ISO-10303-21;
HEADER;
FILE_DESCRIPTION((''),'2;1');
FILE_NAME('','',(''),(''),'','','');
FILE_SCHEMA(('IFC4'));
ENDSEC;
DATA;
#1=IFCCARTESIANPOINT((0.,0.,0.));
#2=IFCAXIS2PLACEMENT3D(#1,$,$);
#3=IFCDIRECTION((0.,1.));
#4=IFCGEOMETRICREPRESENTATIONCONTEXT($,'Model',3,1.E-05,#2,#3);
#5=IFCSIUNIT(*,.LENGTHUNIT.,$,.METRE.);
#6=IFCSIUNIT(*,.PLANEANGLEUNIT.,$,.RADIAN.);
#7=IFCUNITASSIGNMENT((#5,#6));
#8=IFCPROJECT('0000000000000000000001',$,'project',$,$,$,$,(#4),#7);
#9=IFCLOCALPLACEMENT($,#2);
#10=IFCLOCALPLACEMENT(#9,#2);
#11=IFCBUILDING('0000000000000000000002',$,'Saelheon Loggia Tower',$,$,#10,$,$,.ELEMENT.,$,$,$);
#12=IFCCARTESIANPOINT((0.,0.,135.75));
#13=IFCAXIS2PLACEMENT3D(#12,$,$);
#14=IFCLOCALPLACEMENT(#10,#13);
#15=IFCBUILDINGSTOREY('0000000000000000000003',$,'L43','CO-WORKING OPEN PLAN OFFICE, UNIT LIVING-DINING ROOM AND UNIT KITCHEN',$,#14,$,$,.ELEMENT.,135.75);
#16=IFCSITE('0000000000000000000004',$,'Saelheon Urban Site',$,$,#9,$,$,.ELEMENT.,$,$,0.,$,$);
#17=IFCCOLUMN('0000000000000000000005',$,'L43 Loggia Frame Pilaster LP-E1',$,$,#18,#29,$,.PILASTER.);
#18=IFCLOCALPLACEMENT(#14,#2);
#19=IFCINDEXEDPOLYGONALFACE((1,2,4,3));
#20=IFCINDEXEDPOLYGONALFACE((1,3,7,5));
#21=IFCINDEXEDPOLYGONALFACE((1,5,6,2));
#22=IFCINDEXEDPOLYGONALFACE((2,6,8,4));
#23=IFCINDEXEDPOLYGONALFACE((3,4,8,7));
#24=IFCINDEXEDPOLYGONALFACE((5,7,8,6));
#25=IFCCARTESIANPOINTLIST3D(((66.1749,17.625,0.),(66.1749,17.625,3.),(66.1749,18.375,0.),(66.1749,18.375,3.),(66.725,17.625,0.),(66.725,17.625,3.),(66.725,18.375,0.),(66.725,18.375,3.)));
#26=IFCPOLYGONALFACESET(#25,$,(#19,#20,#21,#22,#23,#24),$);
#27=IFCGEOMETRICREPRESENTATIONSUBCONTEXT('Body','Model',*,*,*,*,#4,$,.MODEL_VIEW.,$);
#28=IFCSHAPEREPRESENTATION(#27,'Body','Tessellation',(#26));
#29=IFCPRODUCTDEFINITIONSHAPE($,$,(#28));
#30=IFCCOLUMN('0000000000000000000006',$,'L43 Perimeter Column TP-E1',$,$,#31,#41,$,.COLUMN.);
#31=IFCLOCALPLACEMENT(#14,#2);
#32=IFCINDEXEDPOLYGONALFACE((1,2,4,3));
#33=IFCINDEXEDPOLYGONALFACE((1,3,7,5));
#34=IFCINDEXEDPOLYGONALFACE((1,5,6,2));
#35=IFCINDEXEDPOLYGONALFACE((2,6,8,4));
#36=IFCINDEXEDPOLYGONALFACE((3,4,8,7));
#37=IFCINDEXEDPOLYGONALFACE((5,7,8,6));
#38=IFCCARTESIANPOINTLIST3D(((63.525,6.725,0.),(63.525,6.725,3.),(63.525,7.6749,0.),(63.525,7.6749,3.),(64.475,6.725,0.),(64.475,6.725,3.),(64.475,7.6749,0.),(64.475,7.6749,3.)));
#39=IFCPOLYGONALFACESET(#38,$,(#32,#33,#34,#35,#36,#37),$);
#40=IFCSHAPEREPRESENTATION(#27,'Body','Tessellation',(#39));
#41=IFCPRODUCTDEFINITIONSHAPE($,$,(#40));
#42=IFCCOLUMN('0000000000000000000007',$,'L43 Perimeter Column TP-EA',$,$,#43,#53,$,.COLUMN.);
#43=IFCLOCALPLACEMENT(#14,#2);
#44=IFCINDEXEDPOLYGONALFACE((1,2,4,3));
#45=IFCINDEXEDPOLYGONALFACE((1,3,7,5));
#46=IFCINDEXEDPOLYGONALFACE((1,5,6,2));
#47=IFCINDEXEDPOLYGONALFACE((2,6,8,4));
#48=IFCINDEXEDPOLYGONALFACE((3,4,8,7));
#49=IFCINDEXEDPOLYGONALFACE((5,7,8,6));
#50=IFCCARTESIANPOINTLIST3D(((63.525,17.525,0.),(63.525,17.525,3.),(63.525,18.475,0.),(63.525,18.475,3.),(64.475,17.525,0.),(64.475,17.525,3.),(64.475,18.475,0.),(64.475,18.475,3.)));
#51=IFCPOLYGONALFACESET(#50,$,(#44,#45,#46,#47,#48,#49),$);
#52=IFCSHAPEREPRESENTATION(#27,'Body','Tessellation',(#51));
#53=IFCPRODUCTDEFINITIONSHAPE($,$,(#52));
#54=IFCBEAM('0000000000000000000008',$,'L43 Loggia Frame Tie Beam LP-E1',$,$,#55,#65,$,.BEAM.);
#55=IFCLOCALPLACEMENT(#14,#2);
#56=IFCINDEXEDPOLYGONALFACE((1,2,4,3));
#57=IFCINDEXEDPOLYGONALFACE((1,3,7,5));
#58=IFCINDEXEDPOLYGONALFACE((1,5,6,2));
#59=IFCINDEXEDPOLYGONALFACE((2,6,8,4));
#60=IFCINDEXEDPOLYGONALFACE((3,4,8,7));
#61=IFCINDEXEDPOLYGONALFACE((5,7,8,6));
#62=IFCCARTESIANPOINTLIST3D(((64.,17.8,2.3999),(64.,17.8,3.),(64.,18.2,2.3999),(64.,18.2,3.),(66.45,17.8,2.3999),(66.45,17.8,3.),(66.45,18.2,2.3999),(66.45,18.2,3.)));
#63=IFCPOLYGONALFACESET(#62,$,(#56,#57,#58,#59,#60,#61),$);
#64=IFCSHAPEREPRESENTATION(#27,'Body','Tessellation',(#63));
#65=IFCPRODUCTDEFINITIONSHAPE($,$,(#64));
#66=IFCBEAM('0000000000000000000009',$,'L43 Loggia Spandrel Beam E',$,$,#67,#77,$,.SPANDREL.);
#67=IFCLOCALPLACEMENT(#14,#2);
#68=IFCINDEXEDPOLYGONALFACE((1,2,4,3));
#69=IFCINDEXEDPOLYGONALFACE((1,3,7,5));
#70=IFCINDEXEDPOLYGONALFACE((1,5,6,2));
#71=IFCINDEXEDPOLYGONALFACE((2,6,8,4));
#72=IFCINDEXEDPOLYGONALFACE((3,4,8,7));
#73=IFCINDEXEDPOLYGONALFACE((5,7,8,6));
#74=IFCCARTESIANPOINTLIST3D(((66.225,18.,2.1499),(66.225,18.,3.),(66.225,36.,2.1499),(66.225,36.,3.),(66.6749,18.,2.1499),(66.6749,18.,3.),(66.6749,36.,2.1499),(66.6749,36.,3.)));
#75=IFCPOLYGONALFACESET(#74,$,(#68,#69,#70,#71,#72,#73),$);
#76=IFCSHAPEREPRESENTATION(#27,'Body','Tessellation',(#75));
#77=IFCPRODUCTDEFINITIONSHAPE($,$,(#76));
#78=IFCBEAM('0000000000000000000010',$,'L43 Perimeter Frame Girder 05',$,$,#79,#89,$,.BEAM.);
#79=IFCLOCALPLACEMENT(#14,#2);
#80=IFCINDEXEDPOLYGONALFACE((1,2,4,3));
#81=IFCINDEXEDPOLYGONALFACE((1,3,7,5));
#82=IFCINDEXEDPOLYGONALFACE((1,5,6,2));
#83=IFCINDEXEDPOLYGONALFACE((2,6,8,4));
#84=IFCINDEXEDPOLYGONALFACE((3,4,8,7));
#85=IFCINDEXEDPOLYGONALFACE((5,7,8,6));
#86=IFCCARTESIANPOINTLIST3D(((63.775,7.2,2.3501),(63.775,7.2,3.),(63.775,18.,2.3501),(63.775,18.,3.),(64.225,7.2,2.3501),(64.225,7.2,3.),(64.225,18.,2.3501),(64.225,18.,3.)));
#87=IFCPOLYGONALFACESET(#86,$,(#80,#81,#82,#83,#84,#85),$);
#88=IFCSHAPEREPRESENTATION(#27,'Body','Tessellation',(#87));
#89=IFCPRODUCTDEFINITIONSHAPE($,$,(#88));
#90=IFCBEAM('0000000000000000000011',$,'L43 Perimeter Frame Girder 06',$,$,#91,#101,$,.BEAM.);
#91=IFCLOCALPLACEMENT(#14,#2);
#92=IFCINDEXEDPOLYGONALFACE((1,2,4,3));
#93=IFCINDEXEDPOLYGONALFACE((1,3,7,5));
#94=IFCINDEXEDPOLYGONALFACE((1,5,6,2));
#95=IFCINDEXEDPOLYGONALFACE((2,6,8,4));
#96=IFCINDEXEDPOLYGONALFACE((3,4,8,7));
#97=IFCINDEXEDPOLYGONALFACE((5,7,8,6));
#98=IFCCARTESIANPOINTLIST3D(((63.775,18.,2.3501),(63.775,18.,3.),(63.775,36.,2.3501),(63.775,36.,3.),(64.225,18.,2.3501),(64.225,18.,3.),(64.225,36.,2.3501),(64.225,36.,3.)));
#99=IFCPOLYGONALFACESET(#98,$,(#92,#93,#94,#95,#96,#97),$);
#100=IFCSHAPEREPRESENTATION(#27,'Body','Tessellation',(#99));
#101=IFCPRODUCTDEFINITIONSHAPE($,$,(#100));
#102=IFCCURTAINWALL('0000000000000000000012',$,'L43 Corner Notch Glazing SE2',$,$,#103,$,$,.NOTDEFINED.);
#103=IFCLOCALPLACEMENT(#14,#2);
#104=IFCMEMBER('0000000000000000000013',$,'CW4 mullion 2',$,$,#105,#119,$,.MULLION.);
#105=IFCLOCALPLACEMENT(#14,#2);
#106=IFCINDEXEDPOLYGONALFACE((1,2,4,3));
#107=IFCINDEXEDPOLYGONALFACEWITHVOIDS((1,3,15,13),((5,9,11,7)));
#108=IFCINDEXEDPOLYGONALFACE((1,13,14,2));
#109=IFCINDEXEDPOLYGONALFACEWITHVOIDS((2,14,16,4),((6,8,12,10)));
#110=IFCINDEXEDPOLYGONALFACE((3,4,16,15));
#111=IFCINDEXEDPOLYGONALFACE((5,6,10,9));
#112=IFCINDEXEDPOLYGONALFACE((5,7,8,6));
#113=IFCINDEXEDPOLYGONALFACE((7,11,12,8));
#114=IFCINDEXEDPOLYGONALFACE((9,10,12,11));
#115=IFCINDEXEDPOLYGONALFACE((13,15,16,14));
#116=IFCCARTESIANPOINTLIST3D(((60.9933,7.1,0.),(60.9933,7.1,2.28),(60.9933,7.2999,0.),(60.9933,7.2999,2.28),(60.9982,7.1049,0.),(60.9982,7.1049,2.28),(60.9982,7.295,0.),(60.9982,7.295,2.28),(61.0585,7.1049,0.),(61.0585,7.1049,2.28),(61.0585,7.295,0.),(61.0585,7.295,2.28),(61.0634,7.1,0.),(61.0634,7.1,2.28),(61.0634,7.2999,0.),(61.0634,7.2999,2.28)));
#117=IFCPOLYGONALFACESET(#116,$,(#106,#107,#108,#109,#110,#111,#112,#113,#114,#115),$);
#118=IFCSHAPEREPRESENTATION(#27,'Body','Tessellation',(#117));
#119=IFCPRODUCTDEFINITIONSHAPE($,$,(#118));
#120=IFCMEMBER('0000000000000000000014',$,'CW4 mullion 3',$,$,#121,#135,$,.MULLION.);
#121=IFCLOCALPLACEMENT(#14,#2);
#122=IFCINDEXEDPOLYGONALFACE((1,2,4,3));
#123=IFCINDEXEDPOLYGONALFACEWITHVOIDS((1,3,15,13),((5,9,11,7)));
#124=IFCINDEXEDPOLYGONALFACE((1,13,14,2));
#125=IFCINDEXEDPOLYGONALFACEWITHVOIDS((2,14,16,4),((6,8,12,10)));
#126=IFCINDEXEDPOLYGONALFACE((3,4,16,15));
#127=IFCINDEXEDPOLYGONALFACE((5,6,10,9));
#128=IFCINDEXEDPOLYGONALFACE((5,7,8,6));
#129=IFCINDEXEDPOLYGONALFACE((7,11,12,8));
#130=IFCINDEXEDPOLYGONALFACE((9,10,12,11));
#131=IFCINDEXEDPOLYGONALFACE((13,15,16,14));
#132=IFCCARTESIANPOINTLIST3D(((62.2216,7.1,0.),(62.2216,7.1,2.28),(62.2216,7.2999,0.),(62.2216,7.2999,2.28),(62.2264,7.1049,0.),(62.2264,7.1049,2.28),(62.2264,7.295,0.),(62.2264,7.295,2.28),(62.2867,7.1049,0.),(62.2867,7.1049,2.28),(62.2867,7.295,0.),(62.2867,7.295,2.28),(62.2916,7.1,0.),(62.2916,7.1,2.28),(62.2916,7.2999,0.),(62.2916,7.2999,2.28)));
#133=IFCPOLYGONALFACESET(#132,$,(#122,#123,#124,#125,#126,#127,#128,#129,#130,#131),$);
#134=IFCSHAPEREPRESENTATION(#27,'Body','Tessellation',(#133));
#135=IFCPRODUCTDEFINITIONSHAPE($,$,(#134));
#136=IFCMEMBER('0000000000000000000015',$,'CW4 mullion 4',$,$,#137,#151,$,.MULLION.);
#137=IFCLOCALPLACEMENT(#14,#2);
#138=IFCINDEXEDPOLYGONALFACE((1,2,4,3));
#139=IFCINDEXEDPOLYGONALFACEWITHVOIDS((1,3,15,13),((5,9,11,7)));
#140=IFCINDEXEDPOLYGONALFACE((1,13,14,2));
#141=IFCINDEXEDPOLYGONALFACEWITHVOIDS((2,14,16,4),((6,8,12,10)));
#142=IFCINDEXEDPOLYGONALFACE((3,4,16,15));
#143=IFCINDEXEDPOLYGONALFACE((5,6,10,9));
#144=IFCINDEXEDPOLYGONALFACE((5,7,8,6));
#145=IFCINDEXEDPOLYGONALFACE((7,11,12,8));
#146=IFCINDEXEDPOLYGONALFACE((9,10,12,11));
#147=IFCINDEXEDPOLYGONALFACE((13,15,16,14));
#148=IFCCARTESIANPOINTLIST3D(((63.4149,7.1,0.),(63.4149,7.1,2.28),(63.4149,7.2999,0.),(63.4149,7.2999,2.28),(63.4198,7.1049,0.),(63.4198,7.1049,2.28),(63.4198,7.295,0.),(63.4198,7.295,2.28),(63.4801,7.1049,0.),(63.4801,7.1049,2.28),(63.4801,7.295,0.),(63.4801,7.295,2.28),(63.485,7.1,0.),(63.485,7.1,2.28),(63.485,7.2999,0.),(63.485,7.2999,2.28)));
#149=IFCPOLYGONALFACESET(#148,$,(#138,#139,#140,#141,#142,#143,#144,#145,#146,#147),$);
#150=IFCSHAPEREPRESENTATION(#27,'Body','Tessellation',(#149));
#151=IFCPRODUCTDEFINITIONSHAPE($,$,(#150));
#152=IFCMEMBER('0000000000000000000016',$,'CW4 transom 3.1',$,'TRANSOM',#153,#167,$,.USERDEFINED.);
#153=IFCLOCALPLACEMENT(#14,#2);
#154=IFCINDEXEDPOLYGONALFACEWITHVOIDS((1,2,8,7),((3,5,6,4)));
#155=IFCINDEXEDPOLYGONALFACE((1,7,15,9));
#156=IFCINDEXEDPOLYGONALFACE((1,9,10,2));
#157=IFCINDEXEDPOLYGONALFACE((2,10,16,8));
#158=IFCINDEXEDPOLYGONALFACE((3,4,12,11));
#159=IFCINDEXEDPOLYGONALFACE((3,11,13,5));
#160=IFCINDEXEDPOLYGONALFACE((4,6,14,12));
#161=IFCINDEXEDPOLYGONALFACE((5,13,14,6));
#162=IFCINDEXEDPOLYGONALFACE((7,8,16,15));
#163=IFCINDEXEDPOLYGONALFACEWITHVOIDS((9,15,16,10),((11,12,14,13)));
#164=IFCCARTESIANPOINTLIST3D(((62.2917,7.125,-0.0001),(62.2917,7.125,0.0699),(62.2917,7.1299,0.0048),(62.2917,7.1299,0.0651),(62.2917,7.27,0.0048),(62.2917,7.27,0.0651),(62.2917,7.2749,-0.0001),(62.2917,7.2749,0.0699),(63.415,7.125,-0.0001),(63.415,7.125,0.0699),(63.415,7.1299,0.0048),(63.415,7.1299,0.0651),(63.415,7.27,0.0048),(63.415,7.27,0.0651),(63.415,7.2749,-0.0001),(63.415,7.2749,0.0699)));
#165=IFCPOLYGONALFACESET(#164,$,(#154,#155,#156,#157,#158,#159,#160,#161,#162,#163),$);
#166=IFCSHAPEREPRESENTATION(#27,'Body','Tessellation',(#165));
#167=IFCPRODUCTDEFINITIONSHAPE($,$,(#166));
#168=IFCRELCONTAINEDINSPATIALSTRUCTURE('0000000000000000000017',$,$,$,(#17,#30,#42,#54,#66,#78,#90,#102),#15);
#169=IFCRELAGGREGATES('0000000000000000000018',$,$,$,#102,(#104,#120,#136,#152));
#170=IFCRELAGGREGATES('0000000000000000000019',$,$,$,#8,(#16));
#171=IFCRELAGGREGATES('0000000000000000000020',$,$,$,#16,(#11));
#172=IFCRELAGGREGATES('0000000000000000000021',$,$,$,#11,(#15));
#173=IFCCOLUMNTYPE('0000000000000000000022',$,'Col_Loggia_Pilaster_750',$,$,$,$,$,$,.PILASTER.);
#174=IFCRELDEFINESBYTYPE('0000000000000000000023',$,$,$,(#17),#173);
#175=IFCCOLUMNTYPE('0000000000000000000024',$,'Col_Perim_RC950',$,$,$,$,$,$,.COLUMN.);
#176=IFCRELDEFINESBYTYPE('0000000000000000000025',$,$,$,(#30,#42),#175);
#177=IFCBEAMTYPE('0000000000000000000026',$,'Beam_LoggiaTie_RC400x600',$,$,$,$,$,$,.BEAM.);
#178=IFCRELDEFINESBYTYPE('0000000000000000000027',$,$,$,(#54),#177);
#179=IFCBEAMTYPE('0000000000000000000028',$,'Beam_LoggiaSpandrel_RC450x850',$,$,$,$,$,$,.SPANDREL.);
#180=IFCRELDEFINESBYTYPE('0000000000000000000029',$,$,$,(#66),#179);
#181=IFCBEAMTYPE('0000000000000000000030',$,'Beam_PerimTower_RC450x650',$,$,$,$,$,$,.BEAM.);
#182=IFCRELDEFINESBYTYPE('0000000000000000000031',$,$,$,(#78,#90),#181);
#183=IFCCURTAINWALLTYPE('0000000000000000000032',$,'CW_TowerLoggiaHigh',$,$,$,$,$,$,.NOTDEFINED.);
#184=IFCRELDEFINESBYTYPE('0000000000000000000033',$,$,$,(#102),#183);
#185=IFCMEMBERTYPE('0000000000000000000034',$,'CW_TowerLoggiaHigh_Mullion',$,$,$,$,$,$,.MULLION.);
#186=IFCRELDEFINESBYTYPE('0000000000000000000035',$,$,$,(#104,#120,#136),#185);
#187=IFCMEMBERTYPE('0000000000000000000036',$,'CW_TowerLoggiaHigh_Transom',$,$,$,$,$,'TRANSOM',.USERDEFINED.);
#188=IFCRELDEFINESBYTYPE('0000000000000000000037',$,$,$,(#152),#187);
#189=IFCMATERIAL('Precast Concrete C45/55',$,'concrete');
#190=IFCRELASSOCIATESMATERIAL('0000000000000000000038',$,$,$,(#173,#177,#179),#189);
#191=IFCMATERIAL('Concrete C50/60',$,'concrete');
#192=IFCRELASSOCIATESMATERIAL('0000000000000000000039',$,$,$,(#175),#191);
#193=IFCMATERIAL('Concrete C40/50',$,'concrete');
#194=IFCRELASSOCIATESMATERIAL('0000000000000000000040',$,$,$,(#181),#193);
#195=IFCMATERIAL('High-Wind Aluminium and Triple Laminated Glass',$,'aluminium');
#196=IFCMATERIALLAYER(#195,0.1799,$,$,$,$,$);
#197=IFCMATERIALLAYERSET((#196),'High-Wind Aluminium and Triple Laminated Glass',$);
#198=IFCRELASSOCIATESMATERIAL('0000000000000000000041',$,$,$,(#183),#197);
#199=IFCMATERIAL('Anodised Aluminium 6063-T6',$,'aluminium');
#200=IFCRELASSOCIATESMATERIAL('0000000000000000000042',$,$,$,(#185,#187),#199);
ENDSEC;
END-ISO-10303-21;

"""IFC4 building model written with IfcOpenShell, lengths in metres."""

from ifc_helpers import new_model, si_unit, direction, frame, origin, origin_2d, place, context, subcontext, project, spatial, rectangle, hollow_rectangle, extrude, source, transform, mapped, material, layer, layer_set, material_profile, profile_set, type_object, element, aggregate, save


model = new_model("IFC4")

# Units and contexts
model_context = context("Model", 3, precision=1e-05, world=origin(), true_north=direction((0.0, 1.0)))
body_context = subcontext(model_context, "Body", "Model", "MODEL_VIEW")
ifc_project = project(units=[si_unit("LENGTHUNIT", "METRE"), si_unit("PLANEANGLEUNIT", "RADIAN")], contexts=[model_context])

# Site, building, storey
site_placement = place(None, origin())
site = spatial("IfcSite", under=ifc_project, at=site_placement, Name="Saelheon Urban Site", CompositionType="ELEMENT", RefElevation=0.0)
building_placement = place(site_placement, origin())
building = spatial("IfcBuilding", under=site, at=building_placement, Name="Saelheon Loggia Tower", CompositionType="ELEMENT")
storey_placement = place(building_placement, frame((0.0, 0.0, 135.75)))
storey = spatial("IfcBuildingStorey", under=building, at=storey_placement, Name="L43", Description="CO-WORKING OPEN PLAN OFFICE, UNIT LIVING-DINING ROOM AND UNIT KITCHEN", CompositionType="ELEMENT", Elevation=135.75)

# Columns
ifc_material_1 = material(Name="Precast Concrete C45/55", Category="concrete")
ifc_material_profile_1 = material_profile(ifc_material_1, rectangle(XDim=0.55, YDim=0.75, at=origin_2d()), Name="RC-550x750")
ifc_profile_set_1 = profile_set([ifc_material_profile_1], Name="Precast Concrete C45/55")
column_type_1 = type_object("IfcColumnType", Name="Col_Loggia_Pilaster_750", PredefinedType="PILASTER", material=ifc_profile_set_1)
shared_shape_1 = source(origin(), body_context, "Body", "SweptSolid", [
    extrude(rectangle(XDim=0.55, YDim=0.75, at=origin_2d()), origin(), (0.0, 0.0, 1.0), 3.0),
])
column_placement = place(storey_placement, frame((66.45, 18.0, 0.0), z_axis=(0.0, 0.0, 1.0), x_axis=(1.0, 0.0, 0.0)))
element("IfcColumn", 1, at=column_placement, inside=storey, type_object=column_type_1, Name="L43 Loggia Frame Pilaster LP-E1", PredefinedType="PILASTER", context=body_context, shape_type="MappedRepresentation", body=[
    mapped(shared_shape_1, transform((0.0, 0.0, 0.0), scale=1.0)),
])
ifc_material_2 = material(Name="Concrete C50/60", Category="concrete")
ifc_material_profile_2 = material_profile(ifc_material_2, rectangle(XDim=0.95, YDim=0.95, at=origin_2d()), Name="RC-950x950")
ifc_profile_set_2 = profile_set([ifc_material_profile_2], Name="Concrete C50/60")
column_type_2 = type_object("IfcColumnType", Name="Col_Perim_RC950", PredefinedType="COLUMN", material=ifc_profile_set_2)
shared_shape_2 = source(origin(), body_context, "Body", "SweptSolid", [
    extrude(rectangle(XDim=0.95, YDim=0.95, at=origin_2d()), origin(), (0.0, 0.0, 1.0), 3.0),
])
for number, where, z_axis, x_axis, name in (
    (2, (64.0, 7.2, 0.0), (0.0, 0.0, 1.0), (1.0, 0.0, 0.0), "L43 Perimeter Column TP-E1"),
    (3, (64.0, 18.0, 0.0), (0.0, 0.0, 1.0), (1.0, 0.0, 0.0), "L43 Perimeter Column TP-EA"),
):
    element("IfcColumn", number, at=place(storey_placement, frame(where, z_axis=z_axis, x_axis=x_axis)), inside=storey, type_object=column_type_2, Name=name, PredefinedType="COLUMN", context=body_context, shape_type="MappedRepresentation", body=[
        mapped(shared_shape_2, transform((0.0, 0.0, 0.0), scale=1.0)),
    ])

# Beams
ifc_material_profile_3 = material_profile(ifc_material_1, rectangle(XDim=0.3999, YDim=0.6001, at=origin_2d()), Name="RC-400x600")
ifc_profile_set_3 = profile_set([ifc_material_profile_3], Name="Precast Concrete C45/55")
beam_type_1 = type_object("IfcBeamType", Name="Beam_LoggiaTie_RC400x600", PredefinedType="BEAM", material=ifc_profile_set_3)
shared_shape_3 = source(origin(), body_context, "Body", "SweptSolid", [
    extrude(rectangle(XDim=0.3999, YDim=0.6001, at=origin_2d()), origin(), (0.0, 0.0, 1.0), 2.45),
])
beam_1_placement = place(storey_placement, frame((64.0, 18.0, 2.7), z_axis=(1.0, 0.0, 0.0), x_axis=(0.0, 1.0, 0.0)))
element("IfcBeam", 4, at=beam_1_placement, inside=storey, type_object=beam_type_1, Name="L43 Loggia Frame Tie Beam LP-E1", PredefinedType="BEAM", context=body_context, shape_type="MappedRepresentation", body=[
    mapped(shared_shape_3, transform((0.0, 0.0, 0.0), scale=1.0)),
])
ifc_material_profile_4 = material_profile(ifc_material_1, rectangle(XDim=0.45, YDim=0.8501, at=origin_2d()), Name="RC-450x850")
ifc_profile_set_4 = profile_set([ifc_material_profile_4], Name="Precast Concrete C45/55")
beam_type_2 = type_object("IfcBeamType", Name="Beam_LoggiaSpandrel_RC450x850", PredefinedType="SPANDREL", material=ifc_profile_set_4)
shared_shape_4 = source(origin(), body_context, "Body", "SweptSolid", [
    extrude(rectangle(XDim=0.45, YDim=0.8501, at=origin_2d()), origin(), (0.0, 0.0, 1.0), 18.0),
])
beam_2_placement = place(storey_placement, frame((66.45, 18.0, 2.575), z_axis=(0.0, 1.0, 0.0), x_axis=(-1.0, 0.0, 0.0)))
element("IfcBeam", 5, at=beam_2_placement, inside=storey, type_object=beam_type_2, Name="L43 Loggia Spandrel Beam E", PredefinedType="SPANDREL", context=body_context, shape_type="MappedRepresentation", body=[
    mapped(shared_shape_4, transform((0.0, 0.0, 0.0), scale=1.0)),
])
ifc_material_3 = material(Name="Concrete C40/50", Category="concrete")
ifc_material_profile_5 = material_profile(ifc_material_3, rectangle(XDim=0.45, YDim=0.6499, at=origin_2d()), Name="RC-450x650")
ifc_profile_set_5 = profile_set([ifc_material_profile_5], Name="Concrete C40/50")
beam_type_3 = type_object("IfcBeamType", Name="Beam_PerimTower_RC450x650", PredefinedType="BEAM", material=ifc_profile_set_5)
shared_shape_5 = source(origin(), body_context, "Body", "SweptSolid", [
    extrude(rectangle(XDim=0.45, YDim=0.6499, at=origin_2d()), origin(), (0.0, 0.0, 1.0), 10.8),
])
beam_3_placement = place(storey_placement, frame((64.0, 7.2, 2.675), z_axis=(0.0, 1.0, 0.0), x_axis=(-1.0, 0.0, 0.0)))
element("IfcBeam", 6, at=beam_3_placement, inside=storey, type_object=beam_type_3, Name="L43 Perimeter Frame Girder 05", PredefinedType="BEAM", context=body_context, shape_type="MappedRepresentation", body=[
    mapped(shared_shape_5, transform((0.0, 0.0, 0.0), scale=1.0)),
])
shared_shape_6 = source(origin(), body_context, "Body", "SweptSolid", [
    extrude(rectangle(XDim=0.45, YDim=0.6499, at=origin_2d()), origin(), (0.0, 0.0, 1.0), 18.0),
])
beam_4_placement = place(storey_placement, frame((64.0, 18.0, 2.675), z_axis=(0.0, 1.0, 0.0), x_axis=(-1.0, 0.0, 0.0)))
element("IfcBeam", 7, at=beam_4_placement, inside=storey, type_object=beam_type_3, Name="L43 Perimeter Frame Girder 06", PredefinedType="BEAM", context=body_context, shape_type="MappedRepresentation", body=[
    mapped(shared_shape_6, transform((0.0, 0.0, 0.0), scale=1.0)),
])

# Curtain wall, members
ifc_material_4 = material(Name="High-Wind Aluminium and Triple Laminated Glass", Category="aluminium")
ifc_layer_1 = layer(ifc_material_4, 0.1799)
ifc_layer_set_1 = layer_set([ifc_layer_1], Name="High-Wind Aluminium and Triple Laminated Glass")
curtain_wall_type = type_object("IfcCurtainWallType", Name="CW_TowerLoggiaHigh", PredefinedType="NOTDEFINED", material=ifc_layer_set_1)
curtain_wall_placement = place(storey_placement, origin())
curtain_wall = element("IfcCurtainWall", 8, at=curtain_wall_placement, inside=storey, type_object=curtain_wall_type, Name="L43 Corner Notch Glazing SE2", PredefinedType="NOTDEFINED")
ifc_material_5 = material(Name="Anodised Aluminium 6063-T6", Category="aluminium")
ifc_material_profile_6 = material_profile(ifc_material_5, hollow_rectangle(XDim=0.0701, YDim=0.2, WallThickness=0.0049, at=origin_2d()), Name="RHS-200x70x5")
ifc_profile_set_6 = profile_set([ifc_material_profile_6], Name="Anodised Aluminium 6063-T6")
member_type_1 = type_object("IfcMemberType", Name="CW_TowerLoggiaHigh_Mullion", PredefinedType="MULLION", material=ifc_profile_set_6)
shared_shape_7 = source(origin(), body_context, "Body", "SweptSolid", [
    extrude(hollow_rectangle(XDim=0.0701, YDim=0.2, WallThickness=0.0049, at=origin_2d()), origin(), (0.0, 0.0, 1.0), 2.28),
])
member_1_placement = place(storey_placement, frame((61.0283, 7.2, 0.0), z_axis=(0.0, 0.0, 1.0), x_axis=(1.0, 0.0, 0.0)))
member_1 = element("IfcMember", 9, at=member_1_placement, type_object=member_type_1, Name="CW4 mullion 2", PredefinedType="MULLION", context=body_context, shape_type="MappedRepresentation", body=[
    mapped(shared_shape_7, transform((0.0, 0.0, 0.0), scale=1.0)),
])
member_2_placement = place(storey_placement, frame((62.2566, 7.2, 0.0), z_axis=(0.0, 0.0, 1.0), x_axis=(1.0, 0.0, 0.0)))
member_2 = element("IfcMember", 10, at=member_2_placement, type_object=member_type_1, Name="CW4 mullion 3", PredefinedType="MULLION", context=body_context, shape_type="MappedRepresentation", body=[
    mapped(shared_shape_7, transform((0.0, 0.0, 0.0), scale=1.0)),
])
member_3_placement = place(storey_placement, frame((63.45, 7.2, 0.0), z_axis=(0.0, 0.0, 1.0), x_axis=(1.0, 0.0, 0.0)))
member_3 = element("IfcMember", 11, at=member_3_placement, type_object=member_type_1, Name="CW4 mullion 4", PredefinedType="MULLION", context=body_context, shape_type="MappedRepresentation", body=[
    mapped(shared_shape_7, transform((0.0, 0.0, 0.0), scale=1.0)),
])
ifc_material_profile_7 = material_profile(ifc_material_5, hollow_rectangle(XDim=0.0701, YDim=0.1499, WallThickness=0.0049, at=origin_2d()), Name="RHS-150x70x5")
ifc_profile_set_7 = profile_set([ifc_material_profile_7], Name="Anodised Aluminium 6063-T6")
member_type_2 = type_object("IfcMemberType", Name="CW_TowerLoggiaHigh_Transom", ElementType="TRANSOM", PredefinedType="USERDEFINED", material=ifc_profile_set_7)
shared_shape_8 = source(origin(), body_context, "Body", "SweptSolid", [
    extrude(hollow_rectangle(XDim=0.0701, YDim=0.1499, WallThickness=0.0049, at=origin_2d()), origin(), (0.0, 0.0, 1.0), 1.1233),
])
member_4_placement = place(storey_placement, frame((62.2917, 7.2, 0.0349), z_axis=(1.0, 0.0, 0.0), x_axis=(0.0, 0.0, 1.0)))
member_4 = element("IfcMember", 12, at=member_4_placement, type_object=member_type_2, Name="CW4 transom 3.1", ObjectType="TRANSOM", PredefinedType="USERDEFINED", context=body_context, shape_type="MappedRepresentation", body=[
    mapped(shared_shape_8, transform((0.0, 0.0, 0.0), scale=1.0)),
])
aggregate(curtain_wall, [member_1, member_2, member_3, member_4])

save(model, "model.ifc")
